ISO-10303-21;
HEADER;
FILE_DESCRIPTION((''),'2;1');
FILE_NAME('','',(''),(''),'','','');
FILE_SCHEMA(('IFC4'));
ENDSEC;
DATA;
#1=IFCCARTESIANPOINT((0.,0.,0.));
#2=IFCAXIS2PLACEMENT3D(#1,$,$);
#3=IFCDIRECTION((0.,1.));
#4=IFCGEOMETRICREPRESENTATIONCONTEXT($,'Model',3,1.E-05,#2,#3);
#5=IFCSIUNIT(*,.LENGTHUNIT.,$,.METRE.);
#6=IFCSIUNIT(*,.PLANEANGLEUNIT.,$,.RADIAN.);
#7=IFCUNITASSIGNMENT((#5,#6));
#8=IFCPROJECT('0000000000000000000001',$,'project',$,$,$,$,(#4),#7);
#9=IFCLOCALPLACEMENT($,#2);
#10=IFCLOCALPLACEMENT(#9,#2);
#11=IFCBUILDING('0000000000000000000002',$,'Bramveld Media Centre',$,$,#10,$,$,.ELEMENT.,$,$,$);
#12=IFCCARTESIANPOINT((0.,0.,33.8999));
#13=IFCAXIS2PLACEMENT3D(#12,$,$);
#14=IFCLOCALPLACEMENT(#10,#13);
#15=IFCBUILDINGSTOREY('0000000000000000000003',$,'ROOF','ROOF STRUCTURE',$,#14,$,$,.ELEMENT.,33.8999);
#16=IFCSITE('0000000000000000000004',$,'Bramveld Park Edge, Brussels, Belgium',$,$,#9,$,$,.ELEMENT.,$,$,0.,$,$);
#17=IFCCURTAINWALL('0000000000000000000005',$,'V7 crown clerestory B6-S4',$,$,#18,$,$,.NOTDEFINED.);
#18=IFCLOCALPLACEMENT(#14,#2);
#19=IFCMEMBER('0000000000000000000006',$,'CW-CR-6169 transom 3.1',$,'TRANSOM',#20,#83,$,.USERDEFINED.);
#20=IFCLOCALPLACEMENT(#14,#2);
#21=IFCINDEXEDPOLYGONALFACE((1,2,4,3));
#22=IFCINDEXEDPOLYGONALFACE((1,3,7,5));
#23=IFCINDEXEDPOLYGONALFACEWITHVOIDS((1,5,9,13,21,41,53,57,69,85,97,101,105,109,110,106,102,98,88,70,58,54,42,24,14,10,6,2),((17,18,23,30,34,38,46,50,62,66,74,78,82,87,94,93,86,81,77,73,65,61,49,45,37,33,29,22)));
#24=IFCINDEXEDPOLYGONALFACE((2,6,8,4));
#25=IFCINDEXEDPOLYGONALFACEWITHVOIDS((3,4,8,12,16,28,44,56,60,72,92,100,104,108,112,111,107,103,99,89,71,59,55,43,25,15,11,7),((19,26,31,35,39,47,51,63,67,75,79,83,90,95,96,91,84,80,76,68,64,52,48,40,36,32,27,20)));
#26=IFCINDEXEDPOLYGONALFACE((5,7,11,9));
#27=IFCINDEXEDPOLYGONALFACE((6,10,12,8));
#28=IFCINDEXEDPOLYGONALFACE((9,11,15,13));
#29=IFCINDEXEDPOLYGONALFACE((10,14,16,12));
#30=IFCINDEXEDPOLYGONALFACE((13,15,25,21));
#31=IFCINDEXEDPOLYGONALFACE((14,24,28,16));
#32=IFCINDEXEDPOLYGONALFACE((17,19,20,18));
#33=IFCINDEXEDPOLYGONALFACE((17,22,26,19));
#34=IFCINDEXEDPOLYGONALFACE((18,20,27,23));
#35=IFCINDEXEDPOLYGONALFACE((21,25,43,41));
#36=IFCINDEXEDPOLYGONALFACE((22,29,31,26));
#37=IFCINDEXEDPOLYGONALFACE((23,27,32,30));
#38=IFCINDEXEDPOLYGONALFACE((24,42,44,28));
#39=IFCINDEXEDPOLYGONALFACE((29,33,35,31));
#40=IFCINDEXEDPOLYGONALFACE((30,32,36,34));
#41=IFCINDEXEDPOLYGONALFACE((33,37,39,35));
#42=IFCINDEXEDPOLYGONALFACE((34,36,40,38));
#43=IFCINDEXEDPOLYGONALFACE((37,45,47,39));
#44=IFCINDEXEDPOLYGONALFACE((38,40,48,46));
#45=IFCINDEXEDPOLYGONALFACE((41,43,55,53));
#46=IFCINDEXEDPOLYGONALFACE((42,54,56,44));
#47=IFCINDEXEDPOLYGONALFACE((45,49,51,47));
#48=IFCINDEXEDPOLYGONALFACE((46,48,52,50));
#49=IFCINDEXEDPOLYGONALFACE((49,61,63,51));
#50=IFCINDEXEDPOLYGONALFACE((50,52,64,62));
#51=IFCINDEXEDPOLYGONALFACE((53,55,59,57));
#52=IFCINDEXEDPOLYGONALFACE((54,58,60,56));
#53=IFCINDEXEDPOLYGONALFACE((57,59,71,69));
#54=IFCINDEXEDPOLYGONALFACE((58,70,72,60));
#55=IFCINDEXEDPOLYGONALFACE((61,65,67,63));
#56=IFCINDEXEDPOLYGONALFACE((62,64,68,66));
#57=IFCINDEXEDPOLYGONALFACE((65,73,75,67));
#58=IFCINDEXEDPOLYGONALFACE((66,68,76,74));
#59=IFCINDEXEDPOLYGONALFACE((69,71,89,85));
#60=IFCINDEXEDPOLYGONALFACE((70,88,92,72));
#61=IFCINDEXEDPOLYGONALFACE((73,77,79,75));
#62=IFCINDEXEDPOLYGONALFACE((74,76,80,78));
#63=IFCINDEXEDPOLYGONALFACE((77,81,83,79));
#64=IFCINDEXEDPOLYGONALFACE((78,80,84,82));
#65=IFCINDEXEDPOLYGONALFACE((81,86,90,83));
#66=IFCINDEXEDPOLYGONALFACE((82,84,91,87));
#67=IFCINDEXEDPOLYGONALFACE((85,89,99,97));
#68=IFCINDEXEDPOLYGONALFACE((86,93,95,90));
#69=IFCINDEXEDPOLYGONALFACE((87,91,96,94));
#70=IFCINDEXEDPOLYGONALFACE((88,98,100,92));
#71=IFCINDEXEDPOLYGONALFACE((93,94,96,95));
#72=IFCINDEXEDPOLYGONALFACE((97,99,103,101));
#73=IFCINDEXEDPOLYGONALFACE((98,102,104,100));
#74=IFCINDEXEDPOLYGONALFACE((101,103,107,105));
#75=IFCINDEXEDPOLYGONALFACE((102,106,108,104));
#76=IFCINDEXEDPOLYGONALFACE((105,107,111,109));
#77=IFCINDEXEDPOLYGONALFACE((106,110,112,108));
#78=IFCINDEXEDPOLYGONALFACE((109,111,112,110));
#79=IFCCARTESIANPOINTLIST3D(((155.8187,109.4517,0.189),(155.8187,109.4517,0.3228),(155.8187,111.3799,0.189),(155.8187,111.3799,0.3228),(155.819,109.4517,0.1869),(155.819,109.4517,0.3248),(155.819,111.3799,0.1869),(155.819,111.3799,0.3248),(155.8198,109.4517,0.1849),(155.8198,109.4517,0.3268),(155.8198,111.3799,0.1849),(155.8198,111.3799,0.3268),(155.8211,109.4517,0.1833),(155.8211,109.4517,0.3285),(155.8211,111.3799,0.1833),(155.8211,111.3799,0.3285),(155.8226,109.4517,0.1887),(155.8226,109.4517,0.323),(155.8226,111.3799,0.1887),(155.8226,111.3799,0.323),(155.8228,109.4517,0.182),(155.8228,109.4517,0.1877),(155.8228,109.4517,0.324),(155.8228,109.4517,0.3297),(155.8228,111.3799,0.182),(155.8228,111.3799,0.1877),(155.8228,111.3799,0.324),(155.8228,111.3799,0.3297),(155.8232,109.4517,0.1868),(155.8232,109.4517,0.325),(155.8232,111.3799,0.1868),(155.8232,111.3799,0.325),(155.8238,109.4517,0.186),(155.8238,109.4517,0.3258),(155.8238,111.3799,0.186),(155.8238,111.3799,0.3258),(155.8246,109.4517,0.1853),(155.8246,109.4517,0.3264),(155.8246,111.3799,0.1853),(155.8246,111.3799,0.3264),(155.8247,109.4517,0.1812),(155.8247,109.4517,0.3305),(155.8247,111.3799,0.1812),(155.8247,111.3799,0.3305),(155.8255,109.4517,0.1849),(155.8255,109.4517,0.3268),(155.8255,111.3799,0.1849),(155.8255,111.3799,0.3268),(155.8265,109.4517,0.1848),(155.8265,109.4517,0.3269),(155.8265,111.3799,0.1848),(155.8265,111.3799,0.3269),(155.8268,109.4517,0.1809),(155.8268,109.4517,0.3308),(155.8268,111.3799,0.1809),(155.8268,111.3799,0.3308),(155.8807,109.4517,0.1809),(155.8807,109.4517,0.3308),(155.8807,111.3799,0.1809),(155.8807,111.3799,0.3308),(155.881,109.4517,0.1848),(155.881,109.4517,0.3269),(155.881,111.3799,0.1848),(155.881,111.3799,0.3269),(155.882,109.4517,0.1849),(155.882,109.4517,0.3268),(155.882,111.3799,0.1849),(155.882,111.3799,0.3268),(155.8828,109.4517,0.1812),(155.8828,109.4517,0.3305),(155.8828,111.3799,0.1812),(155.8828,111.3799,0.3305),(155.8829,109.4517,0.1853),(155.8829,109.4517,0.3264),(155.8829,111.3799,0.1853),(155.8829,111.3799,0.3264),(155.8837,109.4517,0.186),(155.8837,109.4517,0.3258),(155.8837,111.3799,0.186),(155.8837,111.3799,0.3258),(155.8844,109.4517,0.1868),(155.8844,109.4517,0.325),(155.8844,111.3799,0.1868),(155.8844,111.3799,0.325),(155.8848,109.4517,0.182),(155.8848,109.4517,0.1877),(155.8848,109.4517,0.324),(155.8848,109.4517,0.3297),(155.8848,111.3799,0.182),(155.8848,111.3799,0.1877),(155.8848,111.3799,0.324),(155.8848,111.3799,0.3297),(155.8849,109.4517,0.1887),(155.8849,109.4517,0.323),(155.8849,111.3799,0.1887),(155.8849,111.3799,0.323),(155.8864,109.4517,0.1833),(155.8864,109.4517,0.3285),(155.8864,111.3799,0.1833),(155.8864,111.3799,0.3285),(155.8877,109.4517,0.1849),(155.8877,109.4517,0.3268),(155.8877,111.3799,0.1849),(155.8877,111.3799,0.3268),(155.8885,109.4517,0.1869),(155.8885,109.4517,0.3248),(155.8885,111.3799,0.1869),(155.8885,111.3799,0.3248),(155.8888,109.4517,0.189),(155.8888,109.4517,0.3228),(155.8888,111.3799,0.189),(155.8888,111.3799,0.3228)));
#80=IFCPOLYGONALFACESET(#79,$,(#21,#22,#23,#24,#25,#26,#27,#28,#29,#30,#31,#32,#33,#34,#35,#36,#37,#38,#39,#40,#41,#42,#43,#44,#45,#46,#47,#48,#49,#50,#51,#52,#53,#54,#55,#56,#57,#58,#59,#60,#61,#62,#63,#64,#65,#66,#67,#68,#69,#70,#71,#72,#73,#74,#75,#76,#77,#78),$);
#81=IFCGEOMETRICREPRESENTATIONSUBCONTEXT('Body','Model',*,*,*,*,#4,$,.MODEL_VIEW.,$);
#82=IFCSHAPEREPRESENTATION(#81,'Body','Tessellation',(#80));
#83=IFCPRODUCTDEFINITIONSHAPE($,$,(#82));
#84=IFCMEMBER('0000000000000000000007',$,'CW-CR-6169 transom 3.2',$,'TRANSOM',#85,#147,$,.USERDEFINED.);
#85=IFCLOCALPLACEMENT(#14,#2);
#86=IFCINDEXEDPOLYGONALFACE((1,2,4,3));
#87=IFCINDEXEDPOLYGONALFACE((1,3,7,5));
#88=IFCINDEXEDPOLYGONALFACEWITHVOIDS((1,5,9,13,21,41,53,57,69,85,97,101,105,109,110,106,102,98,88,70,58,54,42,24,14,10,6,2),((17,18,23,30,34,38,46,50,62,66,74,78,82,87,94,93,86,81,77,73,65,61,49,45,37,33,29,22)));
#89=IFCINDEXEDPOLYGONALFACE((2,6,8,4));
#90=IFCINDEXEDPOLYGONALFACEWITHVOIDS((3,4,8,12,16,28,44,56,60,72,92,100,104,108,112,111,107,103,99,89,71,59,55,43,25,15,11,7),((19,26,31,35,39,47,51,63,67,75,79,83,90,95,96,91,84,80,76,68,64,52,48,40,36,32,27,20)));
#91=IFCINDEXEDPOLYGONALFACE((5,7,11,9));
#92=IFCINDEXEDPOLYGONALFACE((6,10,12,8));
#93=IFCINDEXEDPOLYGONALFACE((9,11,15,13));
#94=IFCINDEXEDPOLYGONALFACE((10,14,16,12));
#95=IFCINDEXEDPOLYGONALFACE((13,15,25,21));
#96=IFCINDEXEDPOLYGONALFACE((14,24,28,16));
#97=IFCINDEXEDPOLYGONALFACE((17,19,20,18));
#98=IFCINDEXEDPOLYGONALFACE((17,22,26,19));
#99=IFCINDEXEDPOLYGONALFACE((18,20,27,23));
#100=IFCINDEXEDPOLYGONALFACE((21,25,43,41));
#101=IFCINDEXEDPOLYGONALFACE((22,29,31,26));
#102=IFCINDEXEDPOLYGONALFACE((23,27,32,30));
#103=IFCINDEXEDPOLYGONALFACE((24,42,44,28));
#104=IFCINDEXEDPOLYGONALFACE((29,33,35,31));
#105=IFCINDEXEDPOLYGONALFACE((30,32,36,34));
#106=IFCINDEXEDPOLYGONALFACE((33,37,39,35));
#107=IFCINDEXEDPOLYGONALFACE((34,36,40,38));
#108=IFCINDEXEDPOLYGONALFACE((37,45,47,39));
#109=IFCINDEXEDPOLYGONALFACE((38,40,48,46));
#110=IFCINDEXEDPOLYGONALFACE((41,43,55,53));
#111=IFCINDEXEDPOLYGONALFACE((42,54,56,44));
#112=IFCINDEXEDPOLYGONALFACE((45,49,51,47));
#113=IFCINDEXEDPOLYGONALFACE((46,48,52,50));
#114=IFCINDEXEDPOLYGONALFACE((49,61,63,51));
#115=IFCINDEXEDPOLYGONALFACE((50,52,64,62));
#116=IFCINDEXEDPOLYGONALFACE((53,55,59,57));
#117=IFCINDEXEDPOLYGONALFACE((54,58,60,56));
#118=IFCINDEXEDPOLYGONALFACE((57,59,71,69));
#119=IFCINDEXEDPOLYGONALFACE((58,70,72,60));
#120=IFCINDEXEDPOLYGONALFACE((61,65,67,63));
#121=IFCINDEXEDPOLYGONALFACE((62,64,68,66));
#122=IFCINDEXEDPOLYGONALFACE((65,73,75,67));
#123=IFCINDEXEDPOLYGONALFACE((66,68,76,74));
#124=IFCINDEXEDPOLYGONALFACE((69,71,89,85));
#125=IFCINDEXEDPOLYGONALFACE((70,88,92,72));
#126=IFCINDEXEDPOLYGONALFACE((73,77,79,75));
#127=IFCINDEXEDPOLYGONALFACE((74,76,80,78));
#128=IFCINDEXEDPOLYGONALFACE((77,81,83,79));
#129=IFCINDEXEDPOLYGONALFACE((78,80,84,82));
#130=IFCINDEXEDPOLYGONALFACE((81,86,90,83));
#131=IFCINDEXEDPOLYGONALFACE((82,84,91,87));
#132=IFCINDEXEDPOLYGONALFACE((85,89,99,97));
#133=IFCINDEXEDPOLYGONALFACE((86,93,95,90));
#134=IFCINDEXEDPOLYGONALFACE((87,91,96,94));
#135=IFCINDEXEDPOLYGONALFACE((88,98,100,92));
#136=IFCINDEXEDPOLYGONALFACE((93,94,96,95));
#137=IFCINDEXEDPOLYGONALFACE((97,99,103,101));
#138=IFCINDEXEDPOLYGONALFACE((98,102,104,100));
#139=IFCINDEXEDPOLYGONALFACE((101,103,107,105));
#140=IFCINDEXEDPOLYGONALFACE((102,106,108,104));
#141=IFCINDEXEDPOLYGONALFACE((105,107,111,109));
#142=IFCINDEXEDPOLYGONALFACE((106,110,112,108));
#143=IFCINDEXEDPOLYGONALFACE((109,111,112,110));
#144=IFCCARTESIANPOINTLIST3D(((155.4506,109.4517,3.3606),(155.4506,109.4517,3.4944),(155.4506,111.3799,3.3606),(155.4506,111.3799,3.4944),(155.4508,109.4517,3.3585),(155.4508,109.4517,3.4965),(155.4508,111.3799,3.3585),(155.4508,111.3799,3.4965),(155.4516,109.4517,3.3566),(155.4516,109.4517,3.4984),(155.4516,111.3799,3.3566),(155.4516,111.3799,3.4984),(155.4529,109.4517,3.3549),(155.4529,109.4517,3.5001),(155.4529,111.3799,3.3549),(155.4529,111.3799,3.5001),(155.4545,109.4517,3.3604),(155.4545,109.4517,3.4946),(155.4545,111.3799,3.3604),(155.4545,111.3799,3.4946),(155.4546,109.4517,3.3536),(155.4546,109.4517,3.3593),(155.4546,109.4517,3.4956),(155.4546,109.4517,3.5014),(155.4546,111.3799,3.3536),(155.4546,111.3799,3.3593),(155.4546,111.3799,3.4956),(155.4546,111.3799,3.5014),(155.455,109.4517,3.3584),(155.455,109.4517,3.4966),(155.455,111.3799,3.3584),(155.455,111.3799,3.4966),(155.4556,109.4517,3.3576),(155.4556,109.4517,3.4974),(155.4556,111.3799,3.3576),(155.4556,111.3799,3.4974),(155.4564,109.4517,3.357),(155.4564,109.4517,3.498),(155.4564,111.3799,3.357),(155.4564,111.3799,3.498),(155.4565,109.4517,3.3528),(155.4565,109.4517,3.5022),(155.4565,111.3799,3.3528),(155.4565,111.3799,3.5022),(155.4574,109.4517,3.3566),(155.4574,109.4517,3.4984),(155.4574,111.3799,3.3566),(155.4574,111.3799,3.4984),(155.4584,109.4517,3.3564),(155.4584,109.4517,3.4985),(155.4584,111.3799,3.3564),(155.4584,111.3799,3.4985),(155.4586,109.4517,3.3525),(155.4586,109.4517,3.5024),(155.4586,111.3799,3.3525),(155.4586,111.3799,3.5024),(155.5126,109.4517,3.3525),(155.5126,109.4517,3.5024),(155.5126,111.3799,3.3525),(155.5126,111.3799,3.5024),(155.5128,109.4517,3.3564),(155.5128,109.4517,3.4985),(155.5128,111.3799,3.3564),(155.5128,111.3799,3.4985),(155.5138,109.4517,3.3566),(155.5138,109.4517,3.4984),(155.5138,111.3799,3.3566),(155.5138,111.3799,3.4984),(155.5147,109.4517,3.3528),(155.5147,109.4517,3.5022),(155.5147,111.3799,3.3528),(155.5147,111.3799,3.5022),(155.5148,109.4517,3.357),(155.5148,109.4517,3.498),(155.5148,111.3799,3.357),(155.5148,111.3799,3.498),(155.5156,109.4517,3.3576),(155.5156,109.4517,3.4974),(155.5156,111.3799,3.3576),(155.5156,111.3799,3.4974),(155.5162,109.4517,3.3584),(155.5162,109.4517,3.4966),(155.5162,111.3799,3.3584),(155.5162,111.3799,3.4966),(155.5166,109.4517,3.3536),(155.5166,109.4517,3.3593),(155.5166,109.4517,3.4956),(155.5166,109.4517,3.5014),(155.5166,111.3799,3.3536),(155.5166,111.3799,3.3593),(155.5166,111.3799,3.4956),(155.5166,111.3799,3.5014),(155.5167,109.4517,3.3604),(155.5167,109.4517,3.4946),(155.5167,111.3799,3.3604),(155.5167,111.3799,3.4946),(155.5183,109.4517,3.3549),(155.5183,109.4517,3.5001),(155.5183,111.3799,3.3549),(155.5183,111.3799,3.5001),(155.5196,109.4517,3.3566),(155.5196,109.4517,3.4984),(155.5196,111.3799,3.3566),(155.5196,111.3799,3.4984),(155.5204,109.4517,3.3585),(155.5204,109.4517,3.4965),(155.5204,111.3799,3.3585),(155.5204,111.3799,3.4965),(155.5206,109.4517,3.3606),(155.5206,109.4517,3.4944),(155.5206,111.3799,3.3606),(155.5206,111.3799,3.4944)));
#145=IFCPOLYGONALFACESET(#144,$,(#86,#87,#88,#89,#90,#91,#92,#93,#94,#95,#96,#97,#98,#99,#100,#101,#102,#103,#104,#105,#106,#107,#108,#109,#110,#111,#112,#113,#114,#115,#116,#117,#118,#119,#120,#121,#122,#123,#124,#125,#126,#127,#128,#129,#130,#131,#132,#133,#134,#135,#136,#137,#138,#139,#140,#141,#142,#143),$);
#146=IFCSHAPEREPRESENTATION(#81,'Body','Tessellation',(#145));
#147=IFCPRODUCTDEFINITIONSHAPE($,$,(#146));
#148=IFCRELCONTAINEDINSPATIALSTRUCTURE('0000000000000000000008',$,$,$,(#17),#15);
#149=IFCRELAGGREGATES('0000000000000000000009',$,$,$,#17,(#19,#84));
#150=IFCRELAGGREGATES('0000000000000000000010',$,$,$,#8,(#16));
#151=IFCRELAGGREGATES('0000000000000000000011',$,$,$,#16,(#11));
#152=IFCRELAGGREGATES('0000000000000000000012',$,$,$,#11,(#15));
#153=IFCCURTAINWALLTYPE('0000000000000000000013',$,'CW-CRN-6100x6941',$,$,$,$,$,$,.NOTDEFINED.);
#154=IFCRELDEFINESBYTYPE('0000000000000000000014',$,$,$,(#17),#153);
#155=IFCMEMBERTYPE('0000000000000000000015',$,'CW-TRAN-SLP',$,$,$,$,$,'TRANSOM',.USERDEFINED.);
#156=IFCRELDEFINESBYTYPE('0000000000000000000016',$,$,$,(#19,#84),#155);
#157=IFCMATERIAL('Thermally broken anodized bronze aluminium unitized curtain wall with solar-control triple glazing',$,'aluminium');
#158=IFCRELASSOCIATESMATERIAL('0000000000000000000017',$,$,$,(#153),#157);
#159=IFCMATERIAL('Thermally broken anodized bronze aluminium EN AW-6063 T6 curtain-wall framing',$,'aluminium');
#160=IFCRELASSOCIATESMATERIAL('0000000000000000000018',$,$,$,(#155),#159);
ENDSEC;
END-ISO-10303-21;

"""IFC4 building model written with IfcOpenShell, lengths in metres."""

from ifc_helpers import new_model, si_unit, direction, frame, origin, origin_2d, place, context, subcontext, project, spatial, hollow_rectangle, extrude, material, material_profile, profile_set, type_object, element, aggregate, save


model = new_model("IFC4")

# Units and contexts
model_context = context("Model", 3, precision=1e-05, world=origin(), true_north=direction((0.0, 1.0)))
body_context = subcontext(model_context, "Body", "Model", "MODEL_VIEW")
ifc_project = project(units=[si_unit("LENGTHUNIT", "METRE"), si_unit("PLANEANGLEUNIT", "RADIAN")], contexts=[model_context])

# Site, building, storey
site_placement = place(None, origin())
site = spatial("IfcSite", under=ifc_project, at=site_placement, Name="Bramveld Park Edge, Brussels, Belgium", CompositionType="ELEMENT", RefElevation=0.0)
building_placement = place(site_placement, origin())
building = spatial("IfcBuilding", under=site, at=building_placement, Name="Bramveld Media Centre", CompositionType="ELEMENT")
storey_placement = place(building_placement, frame((0.0, 0.0, 33.8999)))
storey = spatial("IfcBuildingStorey", under=building, at=storey_placement, Name="ROOF", Description="ROOF STRUCTURE", CompositionType="ELEMENT", Elevation=33.8999)

# Curtain wall
ifc_material_1 = material(Name="Thermally broken anodized bronze aluminium unitized curtain wall with solar-control triple glazing", Category="aluminium")
curtain_wall_type = type_object("IfcCurtainWallType", Name="CW-CRN-6100x6941", PredefinedType="NOTDEFINED", material=ifc_material_1)
curtain_wall_1_placement = place(storey_placement, origin())
curtain_wall_1 = element("IfcCurtainWall", 1, at=curtain_wall_1_placement, inside=storey, type_object=curtain_wall_type, Name="V7 crown clerestory B6-S4", PredefinedType="NOTDEFINED")

# Members
ifc_material_2 = material(Name="Thermally broken anodized bronze aluminium EN AW-6063 T6 curtain-wall framing", Category="aluminium")
ifc_material_profile_1 = material_profile(ifc_material_2, hollow_rectangle(XDim=0.0701, YDim=0.1499, WallThickness=0.0039, InnerFilletRadius=0.0039, OuterFilletRadius=0.0081, at=origin_2d()), Name="AL-TRAN 70x150")
ifc_profile_set_1 = profile_set([ifc_material_profile_1], Name="Thermally broken anodized bronze aluminium EN AW-6063 T6 curtain-wall framing")
member_type_1 = type_object("IfcMemberType", Name="CW-TRAN-SLP", ElementType="TRANSOM", PredefinedType="USERDEFINED", material=ifc_profile_set_1)
member_1_placement = place(storey_placement, frame((155.8538, 109.4517, 0.2559), z_axis=(0.0, 1.0, 0.0), x_axis=(-1.0, 0.0, 0.0)))
member_1 = element("IfcMember", 2, at=member_1_placement, type_object=member_type_1, Name="CW-CR-6169 transom 3.1", ObjectType="TRANSOM", PredefinedType="USERDEFINED", context=body_context, shape_type="SweptSolid", body=[
    extrude(hollow_rectangle(XDim=0.0701, YDim=0.1499, WallThickness=0.0039, InnerFilletRadius=0.0039, OuterFilletRadius=0.0081, at=origin_2d()), origin(), (0.0, 0.0, 1.0), 1.9282),
])
member_2_placement = place(storey_placement, frame((155.4856, 109.4517, 3.4275), z_axis=(0.0, 1.0, 0.0), x_axis=(-1.0, 0.0, 0.0)))
member_2 = element("IfcMember", 3, at=member_2_placement, type_object=member_type_1, Name="CW-CR-6169 transom 3.2", ObjectType="TRANSOM", PredefinedType="USERDEFINED", context=body_context, shape_type="SweptSolid", body=[
    extrude(hollow_rectangle(XDim=0.0701, YDim=0.1499, WallThickness=0.0039, InnerFilletRadius=0.0039, OuterFilletRadius=0.0081, at=origin_2d()), origin(), (0.0, 0.0, 1.0), 1.9282),
])

aggregate(curtain_wall_1, [member_1, member_2])

save(model, "model.ifc")
